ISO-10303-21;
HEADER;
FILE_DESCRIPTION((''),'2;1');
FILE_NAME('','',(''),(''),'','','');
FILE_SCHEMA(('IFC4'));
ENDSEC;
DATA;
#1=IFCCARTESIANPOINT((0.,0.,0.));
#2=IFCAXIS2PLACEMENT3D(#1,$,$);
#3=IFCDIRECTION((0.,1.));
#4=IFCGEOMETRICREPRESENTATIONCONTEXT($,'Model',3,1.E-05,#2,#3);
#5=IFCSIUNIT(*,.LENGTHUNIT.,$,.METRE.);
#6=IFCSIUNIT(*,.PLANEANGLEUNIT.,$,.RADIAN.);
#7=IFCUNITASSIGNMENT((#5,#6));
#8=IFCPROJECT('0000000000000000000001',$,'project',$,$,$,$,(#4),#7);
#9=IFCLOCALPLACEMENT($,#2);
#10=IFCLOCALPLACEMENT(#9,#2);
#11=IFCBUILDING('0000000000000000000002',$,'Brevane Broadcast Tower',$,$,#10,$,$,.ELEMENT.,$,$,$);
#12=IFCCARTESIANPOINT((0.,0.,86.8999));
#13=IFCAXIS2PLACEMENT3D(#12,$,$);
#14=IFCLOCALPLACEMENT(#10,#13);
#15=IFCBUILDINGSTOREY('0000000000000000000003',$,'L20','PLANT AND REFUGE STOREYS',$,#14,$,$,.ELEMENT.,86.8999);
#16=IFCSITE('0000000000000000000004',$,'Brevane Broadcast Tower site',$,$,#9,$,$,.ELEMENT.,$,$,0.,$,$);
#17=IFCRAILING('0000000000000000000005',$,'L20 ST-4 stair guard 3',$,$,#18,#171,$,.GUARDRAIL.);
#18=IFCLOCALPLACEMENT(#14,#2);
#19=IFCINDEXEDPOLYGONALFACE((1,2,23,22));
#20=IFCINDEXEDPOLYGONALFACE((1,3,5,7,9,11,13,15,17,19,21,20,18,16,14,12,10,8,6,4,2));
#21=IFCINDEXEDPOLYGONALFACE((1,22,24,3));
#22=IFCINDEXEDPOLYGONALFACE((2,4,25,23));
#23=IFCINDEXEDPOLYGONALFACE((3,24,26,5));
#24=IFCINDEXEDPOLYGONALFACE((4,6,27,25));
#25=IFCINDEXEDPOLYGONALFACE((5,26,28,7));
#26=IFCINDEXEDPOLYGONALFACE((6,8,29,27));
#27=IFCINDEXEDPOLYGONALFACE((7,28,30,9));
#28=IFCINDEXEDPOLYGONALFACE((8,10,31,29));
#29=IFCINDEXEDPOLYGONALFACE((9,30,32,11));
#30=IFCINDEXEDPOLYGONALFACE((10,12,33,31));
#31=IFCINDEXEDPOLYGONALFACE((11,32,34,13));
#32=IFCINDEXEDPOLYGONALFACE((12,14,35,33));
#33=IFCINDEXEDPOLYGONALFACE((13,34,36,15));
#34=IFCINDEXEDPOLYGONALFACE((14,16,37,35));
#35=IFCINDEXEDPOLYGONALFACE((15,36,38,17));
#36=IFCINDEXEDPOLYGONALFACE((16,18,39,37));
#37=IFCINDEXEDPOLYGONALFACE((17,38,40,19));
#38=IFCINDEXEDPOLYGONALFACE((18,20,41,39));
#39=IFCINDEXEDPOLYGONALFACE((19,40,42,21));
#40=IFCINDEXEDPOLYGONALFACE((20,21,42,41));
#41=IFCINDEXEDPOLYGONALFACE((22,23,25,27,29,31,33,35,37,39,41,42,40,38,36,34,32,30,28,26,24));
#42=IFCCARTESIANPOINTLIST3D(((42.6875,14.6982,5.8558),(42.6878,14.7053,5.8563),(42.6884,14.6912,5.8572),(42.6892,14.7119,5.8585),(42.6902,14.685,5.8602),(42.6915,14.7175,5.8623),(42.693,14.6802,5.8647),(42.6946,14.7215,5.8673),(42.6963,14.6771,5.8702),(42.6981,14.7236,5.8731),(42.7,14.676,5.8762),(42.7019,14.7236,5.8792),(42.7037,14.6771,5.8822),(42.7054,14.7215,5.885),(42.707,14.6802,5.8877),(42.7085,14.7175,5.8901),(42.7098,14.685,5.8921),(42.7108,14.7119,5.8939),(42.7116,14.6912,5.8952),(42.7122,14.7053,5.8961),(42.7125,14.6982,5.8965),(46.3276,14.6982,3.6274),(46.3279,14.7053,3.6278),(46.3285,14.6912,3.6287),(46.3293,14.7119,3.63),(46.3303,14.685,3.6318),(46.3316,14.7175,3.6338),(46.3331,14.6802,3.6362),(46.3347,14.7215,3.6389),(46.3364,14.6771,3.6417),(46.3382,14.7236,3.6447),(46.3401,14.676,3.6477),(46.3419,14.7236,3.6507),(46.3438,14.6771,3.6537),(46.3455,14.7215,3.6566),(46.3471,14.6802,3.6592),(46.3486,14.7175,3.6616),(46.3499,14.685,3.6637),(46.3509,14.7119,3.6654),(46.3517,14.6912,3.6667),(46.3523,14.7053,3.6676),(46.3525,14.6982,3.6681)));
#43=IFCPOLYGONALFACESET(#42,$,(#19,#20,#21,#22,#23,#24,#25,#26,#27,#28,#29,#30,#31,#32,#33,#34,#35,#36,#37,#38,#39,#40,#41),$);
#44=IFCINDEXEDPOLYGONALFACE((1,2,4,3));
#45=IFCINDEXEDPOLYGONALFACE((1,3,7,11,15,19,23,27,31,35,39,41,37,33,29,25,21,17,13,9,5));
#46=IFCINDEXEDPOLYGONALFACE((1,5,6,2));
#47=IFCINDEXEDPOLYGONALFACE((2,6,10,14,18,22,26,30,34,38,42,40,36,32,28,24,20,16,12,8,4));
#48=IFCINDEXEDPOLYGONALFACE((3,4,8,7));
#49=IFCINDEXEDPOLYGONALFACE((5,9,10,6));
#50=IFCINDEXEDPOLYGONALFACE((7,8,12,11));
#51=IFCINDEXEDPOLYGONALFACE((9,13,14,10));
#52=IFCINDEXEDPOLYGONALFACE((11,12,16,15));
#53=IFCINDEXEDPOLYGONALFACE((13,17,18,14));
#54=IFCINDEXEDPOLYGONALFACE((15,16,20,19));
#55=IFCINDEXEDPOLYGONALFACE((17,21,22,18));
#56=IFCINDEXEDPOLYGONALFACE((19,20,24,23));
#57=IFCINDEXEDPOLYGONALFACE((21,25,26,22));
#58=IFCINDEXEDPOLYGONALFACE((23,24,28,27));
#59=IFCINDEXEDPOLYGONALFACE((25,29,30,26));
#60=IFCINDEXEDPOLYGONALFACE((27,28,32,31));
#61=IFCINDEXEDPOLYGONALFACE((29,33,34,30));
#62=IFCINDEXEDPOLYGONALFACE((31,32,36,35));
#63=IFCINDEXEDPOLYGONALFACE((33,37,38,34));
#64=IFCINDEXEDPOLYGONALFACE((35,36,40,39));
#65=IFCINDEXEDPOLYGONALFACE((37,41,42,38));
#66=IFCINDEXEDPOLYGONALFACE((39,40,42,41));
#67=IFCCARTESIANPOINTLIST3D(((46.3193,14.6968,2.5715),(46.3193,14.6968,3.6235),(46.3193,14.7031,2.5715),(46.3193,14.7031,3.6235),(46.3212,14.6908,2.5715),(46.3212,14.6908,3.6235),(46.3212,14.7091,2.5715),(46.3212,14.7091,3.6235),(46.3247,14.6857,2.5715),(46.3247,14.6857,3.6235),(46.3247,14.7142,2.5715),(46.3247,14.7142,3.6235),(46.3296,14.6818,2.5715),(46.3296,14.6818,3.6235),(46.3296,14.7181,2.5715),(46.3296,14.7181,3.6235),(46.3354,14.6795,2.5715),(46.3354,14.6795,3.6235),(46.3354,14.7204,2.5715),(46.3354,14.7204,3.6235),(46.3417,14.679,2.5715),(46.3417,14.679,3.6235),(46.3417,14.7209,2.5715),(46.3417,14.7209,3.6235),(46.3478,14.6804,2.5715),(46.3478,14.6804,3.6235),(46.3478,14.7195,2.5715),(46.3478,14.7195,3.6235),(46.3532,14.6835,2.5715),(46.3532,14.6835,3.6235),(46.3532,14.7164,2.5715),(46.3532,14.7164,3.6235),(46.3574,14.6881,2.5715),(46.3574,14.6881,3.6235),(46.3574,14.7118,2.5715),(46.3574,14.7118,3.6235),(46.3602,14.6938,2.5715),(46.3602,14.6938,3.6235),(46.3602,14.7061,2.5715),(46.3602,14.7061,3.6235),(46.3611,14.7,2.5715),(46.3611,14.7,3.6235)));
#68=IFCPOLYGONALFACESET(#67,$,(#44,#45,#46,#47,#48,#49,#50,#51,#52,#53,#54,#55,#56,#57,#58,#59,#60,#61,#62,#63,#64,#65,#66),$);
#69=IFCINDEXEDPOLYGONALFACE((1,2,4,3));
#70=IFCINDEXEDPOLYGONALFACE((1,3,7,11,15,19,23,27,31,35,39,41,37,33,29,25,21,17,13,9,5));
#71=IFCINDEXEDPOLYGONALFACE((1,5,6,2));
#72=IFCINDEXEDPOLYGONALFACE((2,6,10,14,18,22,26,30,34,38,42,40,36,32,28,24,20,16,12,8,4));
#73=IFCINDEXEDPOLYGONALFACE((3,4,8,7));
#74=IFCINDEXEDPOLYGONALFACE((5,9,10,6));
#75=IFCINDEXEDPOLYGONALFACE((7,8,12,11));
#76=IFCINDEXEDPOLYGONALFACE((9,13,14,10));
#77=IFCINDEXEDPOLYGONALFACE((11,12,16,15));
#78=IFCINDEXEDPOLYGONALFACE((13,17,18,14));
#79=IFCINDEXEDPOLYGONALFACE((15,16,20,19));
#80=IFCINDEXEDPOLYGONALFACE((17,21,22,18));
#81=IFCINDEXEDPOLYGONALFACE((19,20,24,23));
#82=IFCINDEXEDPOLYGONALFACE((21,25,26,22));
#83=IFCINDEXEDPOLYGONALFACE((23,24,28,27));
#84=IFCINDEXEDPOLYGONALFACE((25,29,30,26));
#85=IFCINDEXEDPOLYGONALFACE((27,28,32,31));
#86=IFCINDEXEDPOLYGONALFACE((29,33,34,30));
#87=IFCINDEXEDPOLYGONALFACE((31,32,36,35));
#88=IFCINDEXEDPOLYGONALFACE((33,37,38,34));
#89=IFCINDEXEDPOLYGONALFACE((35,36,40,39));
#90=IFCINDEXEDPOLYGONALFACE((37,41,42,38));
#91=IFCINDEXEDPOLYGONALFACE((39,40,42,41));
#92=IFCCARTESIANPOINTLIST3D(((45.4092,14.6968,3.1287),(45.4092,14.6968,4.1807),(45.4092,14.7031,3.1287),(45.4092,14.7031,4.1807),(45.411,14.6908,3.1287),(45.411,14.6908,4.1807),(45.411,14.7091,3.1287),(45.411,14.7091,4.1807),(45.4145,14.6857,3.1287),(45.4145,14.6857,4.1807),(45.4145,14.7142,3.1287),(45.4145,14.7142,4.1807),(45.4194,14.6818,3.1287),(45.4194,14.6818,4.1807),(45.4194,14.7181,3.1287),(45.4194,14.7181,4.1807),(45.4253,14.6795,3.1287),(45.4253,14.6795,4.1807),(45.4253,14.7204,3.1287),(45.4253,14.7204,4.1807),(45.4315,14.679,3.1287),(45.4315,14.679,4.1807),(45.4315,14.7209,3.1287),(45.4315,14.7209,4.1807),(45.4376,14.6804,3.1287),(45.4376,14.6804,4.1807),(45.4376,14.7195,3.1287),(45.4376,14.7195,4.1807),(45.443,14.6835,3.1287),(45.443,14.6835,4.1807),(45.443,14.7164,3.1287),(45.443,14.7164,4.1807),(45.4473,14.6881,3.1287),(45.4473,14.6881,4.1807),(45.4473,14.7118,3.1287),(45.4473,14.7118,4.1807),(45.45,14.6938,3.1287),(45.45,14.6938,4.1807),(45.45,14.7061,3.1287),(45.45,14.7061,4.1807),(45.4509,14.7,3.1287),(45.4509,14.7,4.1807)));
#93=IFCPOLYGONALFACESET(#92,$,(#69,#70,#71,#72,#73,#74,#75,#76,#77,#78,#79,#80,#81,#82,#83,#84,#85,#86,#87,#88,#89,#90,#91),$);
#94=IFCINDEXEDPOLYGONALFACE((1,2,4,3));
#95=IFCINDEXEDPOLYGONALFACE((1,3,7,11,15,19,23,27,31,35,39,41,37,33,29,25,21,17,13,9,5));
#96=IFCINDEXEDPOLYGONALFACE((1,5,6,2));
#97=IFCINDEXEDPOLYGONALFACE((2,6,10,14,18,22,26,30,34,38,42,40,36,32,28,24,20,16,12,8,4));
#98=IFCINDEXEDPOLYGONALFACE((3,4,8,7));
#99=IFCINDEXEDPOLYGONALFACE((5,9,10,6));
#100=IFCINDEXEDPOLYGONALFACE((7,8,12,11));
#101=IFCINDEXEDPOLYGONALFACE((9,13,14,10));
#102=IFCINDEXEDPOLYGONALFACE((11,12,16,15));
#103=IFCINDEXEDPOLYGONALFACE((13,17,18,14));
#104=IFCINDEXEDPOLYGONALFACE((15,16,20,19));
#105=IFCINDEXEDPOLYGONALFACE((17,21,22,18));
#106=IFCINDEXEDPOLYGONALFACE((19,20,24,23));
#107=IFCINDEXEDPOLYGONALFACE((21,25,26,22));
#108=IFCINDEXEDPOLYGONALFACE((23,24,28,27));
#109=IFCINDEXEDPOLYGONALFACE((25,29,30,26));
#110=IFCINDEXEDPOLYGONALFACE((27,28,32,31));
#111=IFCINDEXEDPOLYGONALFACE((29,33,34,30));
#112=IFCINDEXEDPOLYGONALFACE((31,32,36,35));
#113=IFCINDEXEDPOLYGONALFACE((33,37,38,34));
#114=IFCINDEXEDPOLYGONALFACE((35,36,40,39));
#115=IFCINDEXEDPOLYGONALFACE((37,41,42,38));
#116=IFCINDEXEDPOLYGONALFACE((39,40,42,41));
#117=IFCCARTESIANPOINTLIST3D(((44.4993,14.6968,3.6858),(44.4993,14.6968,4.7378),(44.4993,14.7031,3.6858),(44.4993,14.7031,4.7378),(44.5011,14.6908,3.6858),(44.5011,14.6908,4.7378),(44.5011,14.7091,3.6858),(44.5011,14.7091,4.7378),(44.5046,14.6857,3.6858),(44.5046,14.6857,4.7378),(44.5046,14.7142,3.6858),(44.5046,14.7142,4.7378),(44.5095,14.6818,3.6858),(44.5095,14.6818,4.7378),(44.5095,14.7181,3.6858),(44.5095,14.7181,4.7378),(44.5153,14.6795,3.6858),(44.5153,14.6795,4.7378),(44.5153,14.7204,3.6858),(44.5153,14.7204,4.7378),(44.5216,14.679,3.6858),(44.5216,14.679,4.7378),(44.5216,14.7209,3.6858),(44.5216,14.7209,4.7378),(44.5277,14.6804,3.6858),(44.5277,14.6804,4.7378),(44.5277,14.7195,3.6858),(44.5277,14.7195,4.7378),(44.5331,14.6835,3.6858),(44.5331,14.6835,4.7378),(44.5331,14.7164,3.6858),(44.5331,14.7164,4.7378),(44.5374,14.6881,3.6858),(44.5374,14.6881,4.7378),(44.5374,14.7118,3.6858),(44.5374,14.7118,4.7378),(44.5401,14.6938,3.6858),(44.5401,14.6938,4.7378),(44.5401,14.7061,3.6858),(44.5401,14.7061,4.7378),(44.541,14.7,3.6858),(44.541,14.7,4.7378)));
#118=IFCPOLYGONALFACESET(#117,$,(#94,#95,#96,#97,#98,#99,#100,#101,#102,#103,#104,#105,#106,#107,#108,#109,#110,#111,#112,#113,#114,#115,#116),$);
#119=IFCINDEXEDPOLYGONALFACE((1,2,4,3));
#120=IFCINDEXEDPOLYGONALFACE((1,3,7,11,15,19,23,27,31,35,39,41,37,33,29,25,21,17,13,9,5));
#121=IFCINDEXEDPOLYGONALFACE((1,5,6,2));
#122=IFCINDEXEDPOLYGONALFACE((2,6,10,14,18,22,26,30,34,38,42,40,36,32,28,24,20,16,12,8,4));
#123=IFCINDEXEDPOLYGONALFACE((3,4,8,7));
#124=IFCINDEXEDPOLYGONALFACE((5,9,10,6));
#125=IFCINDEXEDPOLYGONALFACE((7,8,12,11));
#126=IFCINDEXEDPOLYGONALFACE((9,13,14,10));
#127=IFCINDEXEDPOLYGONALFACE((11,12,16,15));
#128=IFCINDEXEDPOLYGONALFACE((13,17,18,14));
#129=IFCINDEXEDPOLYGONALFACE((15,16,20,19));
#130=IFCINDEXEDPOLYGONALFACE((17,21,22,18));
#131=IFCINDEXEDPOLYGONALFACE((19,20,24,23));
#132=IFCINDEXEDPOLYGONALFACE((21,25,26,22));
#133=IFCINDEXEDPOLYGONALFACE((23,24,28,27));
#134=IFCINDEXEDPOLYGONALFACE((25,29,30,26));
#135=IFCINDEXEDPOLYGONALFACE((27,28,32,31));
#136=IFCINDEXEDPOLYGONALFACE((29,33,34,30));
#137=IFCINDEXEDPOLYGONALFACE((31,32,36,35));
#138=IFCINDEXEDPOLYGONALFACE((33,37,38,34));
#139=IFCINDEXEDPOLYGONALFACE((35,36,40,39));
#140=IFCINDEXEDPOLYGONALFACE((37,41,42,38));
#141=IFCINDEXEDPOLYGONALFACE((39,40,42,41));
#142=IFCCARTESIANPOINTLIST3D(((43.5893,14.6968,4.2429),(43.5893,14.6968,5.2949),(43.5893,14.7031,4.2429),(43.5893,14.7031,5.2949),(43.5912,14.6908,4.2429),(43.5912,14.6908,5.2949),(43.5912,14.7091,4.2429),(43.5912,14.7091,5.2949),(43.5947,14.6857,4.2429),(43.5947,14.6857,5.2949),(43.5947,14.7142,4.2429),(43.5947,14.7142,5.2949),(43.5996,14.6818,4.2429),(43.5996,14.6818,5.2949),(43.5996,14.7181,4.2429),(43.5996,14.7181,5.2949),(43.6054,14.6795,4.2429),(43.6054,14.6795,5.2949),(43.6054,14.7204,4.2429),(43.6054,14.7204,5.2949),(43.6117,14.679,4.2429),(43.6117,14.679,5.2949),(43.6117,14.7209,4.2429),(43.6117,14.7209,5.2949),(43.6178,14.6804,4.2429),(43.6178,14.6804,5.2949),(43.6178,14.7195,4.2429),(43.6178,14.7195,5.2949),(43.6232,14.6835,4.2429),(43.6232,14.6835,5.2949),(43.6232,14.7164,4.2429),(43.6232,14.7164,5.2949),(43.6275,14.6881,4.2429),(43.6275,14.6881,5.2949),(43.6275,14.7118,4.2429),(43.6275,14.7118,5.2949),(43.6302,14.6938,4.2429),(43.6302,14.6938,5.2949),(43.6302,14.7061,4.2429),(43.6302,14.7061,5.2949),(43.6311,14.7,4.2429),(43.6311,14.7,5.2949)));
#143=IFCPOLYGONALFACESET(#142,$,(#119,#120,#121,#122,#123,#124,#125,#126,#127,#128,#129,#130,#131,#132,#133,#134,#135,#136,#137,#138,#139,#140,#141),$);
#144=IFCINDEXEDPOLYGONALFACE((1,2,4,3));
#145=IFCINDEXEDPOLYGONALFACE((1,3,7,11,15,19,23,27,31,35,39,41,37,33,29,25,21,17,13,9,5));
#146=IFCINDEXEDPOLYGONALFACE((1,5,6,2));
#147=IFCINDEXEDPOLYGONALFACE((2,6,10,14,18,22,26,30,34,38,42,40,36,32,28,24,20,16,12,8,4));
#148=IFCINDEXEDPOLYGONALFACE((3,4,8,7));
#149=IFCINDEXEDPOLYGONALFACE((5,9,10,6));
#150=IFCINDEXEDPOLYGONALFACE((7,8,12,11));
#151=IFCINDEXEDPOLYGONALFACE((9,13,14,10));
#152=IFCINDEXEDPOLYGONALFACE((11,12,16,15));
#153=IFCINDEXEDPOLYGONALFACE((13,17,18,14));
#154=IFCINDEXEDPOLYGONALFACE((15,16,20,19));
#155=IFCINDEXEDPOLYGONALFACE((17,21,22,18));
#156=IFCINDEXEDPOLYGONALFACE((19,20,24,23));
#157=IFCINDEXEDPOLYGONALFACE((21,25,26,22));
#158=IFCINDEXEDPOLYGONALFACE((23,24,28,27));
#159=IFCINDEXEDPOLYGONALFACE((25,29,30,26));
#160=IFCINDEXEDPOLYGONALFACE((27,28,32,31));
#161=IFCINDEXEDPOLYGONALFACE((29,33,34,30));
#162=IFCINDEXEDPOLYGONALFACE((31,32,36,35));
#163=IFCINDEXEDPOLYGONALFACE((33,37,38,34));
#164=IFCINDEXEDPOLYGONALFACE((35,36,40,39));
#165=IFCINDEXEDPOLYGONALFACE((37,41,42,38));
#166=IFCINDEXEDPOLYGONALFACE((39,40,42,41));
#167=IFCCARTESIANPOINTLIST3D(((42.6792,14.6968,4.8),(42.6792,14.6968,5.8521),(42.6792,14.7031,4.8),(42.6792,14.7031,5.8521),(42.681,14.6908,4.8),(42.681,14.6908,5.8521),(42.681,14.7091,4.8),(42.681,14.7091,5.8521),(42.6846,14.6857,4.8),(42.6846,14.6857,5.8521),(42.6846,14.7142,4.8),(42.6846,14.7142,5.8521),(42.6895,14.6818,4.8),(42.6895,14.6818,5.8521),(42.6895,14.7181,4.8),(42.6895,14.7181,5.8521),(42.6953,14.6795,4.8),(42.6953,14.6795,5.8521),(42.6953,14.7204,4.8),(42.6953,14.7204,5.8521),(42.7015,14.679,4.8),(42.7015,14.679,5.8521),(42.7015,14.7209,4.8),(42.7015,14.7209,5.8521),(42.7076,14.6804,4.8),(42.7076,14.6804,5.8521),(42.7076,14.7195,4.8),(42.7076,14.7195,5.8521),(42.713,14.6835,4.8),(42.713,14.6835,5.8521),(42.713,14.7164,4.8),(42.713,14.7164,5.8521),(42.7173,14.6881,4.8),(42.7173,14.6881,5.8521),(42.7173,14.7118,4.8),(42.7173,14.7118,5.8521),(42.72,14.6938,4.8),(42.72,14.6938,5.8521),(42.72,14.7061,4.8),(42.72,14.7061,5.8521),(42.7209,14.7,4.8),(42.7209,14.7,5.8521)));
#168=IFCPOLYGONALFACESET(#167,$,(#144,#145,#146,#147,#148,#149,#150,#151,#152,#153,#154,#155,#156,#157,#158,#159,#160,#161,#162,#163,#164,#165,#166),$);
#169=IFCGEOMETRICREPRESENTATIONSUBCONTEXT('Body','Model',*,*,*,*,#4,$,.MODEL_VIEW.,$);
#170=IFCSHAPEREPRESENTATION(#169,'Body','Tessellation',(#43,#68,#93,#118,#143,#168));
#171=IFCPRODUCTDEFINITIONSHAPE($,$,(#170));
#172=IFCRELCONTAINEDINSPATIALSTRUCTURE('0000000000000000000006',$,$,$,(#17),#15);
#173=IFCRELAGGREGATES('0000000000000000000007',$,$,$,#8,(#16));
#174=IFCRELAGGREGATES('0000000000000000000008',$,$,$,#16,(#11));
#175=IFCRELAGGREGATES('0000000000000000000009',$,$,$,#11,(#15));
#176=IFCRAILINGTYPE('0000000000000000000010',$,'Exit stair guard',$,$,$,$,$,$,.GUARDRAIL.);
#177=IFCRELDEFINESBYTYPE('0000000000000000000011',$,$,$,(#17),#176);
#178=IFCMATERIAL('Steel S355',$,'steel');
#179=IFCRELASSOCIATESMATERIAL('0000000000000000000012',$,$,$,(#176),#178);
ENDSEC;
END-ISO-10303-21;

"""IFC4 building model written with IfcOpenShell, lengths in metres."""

from ifc_helpers import new_model, si_unit, direction, frame, origin, origin_2d, place, context, subcontext, project, spatial, circle, extrude, material, type_object, element, save


model = new_model("IFC4")

# Units and contexts
model_context = context("Model", 3, precision=1e-05, world=origin(), true_north=direction((0.0, 1.0)))
body_context = subcontext(model_context, "Body", "Model", "MODEL_VIEW")
ifc_project = project(units=[si_unit("LENGTHUNIT", "METRE"), si_unit("PLANEANGLEUNIT", "RADIAN")], contexts=[model_context])

# Site, building, storey
site_placement = place(None, origin())
site = spatial("IfcSite", under=ifc_project, at=site_placement, Name="Brevane Broadcast Tower site", CompositionType="ELEMENT", RefElevation=0.0)
building_placement = place(site_placement, origin())
building = spatial("IfcBuilding", under=site, at=building_placement, Name="Brevane Broadcast Tower", CompositionType="ELEMENT")
storey_placement = place(building_placement, frame((0.0, 0.0, 86.8999)))
storey = spatial("IfcBuildingStorey", under=building, at=storey_placement, Name="L20", Description="PLANT AND REFUGE STOREYS", CompositionType="ELEMENT", Elevation=86.8999)

# Shared definitions
ifc_material_1 = material(Name="Steel S355", Category="steel")

# Railing
railing_type_1 = type_object("IfcRailingType", Name="Exit stair guard", PredefinedType="GUARDRAIL", material=ifc_material_1)
railing_1_placement = place(storey_placement, frame((46.3401, 14.7, 2.5715)))
element("IfcRailing", 1, at=railing_1_placement, inside=storey, type_object=railing_type_1, Name="L20 ST-4 stair guard 3", PredefinedType="GUARDRAIL", context=body_context, shape_type="SweptSolid", body=[
    extrude(circle(Radius=0.0239, at=origin_2d()), frame((0.0, 0.0, 1.0762), z_axis=(-0.852866, 0.0, 0.52213), x_axis=(0.0, -1.0, 0.0)), (0.0, 0.0, 1.0), 4.2681),
    extrude(circle(Radius=0.021, at=origin_2d()), origin(), (0.0, 0.0, 1.0), 1.052),
    extrude(circle(Radius=0.021, at=origin_2d()), frame((-0.9102, 0.0, 0.5571)), (0.0, 0.0, 1.0), 1.052),
    extrude(circle(Radius=0.021, at=origin_2d()), frame((-1.8201, 0.0, 1.1143)), (0.0, 0.0, 1.0), 1.052),
    extrude(circle(Radius=0.021, at=origin_2d()), frame((-2.73, 0.0, 1.6714)), (0.0, 0.0, 1.0), 1.052),
    extrude(circle(Radius=0.021, at=origin_2d()), frame((-3.6401, 0.0, 2.2285)), (0.0, 0.0, 1.0), 1.052),
])

save(model, "model.ifc")
